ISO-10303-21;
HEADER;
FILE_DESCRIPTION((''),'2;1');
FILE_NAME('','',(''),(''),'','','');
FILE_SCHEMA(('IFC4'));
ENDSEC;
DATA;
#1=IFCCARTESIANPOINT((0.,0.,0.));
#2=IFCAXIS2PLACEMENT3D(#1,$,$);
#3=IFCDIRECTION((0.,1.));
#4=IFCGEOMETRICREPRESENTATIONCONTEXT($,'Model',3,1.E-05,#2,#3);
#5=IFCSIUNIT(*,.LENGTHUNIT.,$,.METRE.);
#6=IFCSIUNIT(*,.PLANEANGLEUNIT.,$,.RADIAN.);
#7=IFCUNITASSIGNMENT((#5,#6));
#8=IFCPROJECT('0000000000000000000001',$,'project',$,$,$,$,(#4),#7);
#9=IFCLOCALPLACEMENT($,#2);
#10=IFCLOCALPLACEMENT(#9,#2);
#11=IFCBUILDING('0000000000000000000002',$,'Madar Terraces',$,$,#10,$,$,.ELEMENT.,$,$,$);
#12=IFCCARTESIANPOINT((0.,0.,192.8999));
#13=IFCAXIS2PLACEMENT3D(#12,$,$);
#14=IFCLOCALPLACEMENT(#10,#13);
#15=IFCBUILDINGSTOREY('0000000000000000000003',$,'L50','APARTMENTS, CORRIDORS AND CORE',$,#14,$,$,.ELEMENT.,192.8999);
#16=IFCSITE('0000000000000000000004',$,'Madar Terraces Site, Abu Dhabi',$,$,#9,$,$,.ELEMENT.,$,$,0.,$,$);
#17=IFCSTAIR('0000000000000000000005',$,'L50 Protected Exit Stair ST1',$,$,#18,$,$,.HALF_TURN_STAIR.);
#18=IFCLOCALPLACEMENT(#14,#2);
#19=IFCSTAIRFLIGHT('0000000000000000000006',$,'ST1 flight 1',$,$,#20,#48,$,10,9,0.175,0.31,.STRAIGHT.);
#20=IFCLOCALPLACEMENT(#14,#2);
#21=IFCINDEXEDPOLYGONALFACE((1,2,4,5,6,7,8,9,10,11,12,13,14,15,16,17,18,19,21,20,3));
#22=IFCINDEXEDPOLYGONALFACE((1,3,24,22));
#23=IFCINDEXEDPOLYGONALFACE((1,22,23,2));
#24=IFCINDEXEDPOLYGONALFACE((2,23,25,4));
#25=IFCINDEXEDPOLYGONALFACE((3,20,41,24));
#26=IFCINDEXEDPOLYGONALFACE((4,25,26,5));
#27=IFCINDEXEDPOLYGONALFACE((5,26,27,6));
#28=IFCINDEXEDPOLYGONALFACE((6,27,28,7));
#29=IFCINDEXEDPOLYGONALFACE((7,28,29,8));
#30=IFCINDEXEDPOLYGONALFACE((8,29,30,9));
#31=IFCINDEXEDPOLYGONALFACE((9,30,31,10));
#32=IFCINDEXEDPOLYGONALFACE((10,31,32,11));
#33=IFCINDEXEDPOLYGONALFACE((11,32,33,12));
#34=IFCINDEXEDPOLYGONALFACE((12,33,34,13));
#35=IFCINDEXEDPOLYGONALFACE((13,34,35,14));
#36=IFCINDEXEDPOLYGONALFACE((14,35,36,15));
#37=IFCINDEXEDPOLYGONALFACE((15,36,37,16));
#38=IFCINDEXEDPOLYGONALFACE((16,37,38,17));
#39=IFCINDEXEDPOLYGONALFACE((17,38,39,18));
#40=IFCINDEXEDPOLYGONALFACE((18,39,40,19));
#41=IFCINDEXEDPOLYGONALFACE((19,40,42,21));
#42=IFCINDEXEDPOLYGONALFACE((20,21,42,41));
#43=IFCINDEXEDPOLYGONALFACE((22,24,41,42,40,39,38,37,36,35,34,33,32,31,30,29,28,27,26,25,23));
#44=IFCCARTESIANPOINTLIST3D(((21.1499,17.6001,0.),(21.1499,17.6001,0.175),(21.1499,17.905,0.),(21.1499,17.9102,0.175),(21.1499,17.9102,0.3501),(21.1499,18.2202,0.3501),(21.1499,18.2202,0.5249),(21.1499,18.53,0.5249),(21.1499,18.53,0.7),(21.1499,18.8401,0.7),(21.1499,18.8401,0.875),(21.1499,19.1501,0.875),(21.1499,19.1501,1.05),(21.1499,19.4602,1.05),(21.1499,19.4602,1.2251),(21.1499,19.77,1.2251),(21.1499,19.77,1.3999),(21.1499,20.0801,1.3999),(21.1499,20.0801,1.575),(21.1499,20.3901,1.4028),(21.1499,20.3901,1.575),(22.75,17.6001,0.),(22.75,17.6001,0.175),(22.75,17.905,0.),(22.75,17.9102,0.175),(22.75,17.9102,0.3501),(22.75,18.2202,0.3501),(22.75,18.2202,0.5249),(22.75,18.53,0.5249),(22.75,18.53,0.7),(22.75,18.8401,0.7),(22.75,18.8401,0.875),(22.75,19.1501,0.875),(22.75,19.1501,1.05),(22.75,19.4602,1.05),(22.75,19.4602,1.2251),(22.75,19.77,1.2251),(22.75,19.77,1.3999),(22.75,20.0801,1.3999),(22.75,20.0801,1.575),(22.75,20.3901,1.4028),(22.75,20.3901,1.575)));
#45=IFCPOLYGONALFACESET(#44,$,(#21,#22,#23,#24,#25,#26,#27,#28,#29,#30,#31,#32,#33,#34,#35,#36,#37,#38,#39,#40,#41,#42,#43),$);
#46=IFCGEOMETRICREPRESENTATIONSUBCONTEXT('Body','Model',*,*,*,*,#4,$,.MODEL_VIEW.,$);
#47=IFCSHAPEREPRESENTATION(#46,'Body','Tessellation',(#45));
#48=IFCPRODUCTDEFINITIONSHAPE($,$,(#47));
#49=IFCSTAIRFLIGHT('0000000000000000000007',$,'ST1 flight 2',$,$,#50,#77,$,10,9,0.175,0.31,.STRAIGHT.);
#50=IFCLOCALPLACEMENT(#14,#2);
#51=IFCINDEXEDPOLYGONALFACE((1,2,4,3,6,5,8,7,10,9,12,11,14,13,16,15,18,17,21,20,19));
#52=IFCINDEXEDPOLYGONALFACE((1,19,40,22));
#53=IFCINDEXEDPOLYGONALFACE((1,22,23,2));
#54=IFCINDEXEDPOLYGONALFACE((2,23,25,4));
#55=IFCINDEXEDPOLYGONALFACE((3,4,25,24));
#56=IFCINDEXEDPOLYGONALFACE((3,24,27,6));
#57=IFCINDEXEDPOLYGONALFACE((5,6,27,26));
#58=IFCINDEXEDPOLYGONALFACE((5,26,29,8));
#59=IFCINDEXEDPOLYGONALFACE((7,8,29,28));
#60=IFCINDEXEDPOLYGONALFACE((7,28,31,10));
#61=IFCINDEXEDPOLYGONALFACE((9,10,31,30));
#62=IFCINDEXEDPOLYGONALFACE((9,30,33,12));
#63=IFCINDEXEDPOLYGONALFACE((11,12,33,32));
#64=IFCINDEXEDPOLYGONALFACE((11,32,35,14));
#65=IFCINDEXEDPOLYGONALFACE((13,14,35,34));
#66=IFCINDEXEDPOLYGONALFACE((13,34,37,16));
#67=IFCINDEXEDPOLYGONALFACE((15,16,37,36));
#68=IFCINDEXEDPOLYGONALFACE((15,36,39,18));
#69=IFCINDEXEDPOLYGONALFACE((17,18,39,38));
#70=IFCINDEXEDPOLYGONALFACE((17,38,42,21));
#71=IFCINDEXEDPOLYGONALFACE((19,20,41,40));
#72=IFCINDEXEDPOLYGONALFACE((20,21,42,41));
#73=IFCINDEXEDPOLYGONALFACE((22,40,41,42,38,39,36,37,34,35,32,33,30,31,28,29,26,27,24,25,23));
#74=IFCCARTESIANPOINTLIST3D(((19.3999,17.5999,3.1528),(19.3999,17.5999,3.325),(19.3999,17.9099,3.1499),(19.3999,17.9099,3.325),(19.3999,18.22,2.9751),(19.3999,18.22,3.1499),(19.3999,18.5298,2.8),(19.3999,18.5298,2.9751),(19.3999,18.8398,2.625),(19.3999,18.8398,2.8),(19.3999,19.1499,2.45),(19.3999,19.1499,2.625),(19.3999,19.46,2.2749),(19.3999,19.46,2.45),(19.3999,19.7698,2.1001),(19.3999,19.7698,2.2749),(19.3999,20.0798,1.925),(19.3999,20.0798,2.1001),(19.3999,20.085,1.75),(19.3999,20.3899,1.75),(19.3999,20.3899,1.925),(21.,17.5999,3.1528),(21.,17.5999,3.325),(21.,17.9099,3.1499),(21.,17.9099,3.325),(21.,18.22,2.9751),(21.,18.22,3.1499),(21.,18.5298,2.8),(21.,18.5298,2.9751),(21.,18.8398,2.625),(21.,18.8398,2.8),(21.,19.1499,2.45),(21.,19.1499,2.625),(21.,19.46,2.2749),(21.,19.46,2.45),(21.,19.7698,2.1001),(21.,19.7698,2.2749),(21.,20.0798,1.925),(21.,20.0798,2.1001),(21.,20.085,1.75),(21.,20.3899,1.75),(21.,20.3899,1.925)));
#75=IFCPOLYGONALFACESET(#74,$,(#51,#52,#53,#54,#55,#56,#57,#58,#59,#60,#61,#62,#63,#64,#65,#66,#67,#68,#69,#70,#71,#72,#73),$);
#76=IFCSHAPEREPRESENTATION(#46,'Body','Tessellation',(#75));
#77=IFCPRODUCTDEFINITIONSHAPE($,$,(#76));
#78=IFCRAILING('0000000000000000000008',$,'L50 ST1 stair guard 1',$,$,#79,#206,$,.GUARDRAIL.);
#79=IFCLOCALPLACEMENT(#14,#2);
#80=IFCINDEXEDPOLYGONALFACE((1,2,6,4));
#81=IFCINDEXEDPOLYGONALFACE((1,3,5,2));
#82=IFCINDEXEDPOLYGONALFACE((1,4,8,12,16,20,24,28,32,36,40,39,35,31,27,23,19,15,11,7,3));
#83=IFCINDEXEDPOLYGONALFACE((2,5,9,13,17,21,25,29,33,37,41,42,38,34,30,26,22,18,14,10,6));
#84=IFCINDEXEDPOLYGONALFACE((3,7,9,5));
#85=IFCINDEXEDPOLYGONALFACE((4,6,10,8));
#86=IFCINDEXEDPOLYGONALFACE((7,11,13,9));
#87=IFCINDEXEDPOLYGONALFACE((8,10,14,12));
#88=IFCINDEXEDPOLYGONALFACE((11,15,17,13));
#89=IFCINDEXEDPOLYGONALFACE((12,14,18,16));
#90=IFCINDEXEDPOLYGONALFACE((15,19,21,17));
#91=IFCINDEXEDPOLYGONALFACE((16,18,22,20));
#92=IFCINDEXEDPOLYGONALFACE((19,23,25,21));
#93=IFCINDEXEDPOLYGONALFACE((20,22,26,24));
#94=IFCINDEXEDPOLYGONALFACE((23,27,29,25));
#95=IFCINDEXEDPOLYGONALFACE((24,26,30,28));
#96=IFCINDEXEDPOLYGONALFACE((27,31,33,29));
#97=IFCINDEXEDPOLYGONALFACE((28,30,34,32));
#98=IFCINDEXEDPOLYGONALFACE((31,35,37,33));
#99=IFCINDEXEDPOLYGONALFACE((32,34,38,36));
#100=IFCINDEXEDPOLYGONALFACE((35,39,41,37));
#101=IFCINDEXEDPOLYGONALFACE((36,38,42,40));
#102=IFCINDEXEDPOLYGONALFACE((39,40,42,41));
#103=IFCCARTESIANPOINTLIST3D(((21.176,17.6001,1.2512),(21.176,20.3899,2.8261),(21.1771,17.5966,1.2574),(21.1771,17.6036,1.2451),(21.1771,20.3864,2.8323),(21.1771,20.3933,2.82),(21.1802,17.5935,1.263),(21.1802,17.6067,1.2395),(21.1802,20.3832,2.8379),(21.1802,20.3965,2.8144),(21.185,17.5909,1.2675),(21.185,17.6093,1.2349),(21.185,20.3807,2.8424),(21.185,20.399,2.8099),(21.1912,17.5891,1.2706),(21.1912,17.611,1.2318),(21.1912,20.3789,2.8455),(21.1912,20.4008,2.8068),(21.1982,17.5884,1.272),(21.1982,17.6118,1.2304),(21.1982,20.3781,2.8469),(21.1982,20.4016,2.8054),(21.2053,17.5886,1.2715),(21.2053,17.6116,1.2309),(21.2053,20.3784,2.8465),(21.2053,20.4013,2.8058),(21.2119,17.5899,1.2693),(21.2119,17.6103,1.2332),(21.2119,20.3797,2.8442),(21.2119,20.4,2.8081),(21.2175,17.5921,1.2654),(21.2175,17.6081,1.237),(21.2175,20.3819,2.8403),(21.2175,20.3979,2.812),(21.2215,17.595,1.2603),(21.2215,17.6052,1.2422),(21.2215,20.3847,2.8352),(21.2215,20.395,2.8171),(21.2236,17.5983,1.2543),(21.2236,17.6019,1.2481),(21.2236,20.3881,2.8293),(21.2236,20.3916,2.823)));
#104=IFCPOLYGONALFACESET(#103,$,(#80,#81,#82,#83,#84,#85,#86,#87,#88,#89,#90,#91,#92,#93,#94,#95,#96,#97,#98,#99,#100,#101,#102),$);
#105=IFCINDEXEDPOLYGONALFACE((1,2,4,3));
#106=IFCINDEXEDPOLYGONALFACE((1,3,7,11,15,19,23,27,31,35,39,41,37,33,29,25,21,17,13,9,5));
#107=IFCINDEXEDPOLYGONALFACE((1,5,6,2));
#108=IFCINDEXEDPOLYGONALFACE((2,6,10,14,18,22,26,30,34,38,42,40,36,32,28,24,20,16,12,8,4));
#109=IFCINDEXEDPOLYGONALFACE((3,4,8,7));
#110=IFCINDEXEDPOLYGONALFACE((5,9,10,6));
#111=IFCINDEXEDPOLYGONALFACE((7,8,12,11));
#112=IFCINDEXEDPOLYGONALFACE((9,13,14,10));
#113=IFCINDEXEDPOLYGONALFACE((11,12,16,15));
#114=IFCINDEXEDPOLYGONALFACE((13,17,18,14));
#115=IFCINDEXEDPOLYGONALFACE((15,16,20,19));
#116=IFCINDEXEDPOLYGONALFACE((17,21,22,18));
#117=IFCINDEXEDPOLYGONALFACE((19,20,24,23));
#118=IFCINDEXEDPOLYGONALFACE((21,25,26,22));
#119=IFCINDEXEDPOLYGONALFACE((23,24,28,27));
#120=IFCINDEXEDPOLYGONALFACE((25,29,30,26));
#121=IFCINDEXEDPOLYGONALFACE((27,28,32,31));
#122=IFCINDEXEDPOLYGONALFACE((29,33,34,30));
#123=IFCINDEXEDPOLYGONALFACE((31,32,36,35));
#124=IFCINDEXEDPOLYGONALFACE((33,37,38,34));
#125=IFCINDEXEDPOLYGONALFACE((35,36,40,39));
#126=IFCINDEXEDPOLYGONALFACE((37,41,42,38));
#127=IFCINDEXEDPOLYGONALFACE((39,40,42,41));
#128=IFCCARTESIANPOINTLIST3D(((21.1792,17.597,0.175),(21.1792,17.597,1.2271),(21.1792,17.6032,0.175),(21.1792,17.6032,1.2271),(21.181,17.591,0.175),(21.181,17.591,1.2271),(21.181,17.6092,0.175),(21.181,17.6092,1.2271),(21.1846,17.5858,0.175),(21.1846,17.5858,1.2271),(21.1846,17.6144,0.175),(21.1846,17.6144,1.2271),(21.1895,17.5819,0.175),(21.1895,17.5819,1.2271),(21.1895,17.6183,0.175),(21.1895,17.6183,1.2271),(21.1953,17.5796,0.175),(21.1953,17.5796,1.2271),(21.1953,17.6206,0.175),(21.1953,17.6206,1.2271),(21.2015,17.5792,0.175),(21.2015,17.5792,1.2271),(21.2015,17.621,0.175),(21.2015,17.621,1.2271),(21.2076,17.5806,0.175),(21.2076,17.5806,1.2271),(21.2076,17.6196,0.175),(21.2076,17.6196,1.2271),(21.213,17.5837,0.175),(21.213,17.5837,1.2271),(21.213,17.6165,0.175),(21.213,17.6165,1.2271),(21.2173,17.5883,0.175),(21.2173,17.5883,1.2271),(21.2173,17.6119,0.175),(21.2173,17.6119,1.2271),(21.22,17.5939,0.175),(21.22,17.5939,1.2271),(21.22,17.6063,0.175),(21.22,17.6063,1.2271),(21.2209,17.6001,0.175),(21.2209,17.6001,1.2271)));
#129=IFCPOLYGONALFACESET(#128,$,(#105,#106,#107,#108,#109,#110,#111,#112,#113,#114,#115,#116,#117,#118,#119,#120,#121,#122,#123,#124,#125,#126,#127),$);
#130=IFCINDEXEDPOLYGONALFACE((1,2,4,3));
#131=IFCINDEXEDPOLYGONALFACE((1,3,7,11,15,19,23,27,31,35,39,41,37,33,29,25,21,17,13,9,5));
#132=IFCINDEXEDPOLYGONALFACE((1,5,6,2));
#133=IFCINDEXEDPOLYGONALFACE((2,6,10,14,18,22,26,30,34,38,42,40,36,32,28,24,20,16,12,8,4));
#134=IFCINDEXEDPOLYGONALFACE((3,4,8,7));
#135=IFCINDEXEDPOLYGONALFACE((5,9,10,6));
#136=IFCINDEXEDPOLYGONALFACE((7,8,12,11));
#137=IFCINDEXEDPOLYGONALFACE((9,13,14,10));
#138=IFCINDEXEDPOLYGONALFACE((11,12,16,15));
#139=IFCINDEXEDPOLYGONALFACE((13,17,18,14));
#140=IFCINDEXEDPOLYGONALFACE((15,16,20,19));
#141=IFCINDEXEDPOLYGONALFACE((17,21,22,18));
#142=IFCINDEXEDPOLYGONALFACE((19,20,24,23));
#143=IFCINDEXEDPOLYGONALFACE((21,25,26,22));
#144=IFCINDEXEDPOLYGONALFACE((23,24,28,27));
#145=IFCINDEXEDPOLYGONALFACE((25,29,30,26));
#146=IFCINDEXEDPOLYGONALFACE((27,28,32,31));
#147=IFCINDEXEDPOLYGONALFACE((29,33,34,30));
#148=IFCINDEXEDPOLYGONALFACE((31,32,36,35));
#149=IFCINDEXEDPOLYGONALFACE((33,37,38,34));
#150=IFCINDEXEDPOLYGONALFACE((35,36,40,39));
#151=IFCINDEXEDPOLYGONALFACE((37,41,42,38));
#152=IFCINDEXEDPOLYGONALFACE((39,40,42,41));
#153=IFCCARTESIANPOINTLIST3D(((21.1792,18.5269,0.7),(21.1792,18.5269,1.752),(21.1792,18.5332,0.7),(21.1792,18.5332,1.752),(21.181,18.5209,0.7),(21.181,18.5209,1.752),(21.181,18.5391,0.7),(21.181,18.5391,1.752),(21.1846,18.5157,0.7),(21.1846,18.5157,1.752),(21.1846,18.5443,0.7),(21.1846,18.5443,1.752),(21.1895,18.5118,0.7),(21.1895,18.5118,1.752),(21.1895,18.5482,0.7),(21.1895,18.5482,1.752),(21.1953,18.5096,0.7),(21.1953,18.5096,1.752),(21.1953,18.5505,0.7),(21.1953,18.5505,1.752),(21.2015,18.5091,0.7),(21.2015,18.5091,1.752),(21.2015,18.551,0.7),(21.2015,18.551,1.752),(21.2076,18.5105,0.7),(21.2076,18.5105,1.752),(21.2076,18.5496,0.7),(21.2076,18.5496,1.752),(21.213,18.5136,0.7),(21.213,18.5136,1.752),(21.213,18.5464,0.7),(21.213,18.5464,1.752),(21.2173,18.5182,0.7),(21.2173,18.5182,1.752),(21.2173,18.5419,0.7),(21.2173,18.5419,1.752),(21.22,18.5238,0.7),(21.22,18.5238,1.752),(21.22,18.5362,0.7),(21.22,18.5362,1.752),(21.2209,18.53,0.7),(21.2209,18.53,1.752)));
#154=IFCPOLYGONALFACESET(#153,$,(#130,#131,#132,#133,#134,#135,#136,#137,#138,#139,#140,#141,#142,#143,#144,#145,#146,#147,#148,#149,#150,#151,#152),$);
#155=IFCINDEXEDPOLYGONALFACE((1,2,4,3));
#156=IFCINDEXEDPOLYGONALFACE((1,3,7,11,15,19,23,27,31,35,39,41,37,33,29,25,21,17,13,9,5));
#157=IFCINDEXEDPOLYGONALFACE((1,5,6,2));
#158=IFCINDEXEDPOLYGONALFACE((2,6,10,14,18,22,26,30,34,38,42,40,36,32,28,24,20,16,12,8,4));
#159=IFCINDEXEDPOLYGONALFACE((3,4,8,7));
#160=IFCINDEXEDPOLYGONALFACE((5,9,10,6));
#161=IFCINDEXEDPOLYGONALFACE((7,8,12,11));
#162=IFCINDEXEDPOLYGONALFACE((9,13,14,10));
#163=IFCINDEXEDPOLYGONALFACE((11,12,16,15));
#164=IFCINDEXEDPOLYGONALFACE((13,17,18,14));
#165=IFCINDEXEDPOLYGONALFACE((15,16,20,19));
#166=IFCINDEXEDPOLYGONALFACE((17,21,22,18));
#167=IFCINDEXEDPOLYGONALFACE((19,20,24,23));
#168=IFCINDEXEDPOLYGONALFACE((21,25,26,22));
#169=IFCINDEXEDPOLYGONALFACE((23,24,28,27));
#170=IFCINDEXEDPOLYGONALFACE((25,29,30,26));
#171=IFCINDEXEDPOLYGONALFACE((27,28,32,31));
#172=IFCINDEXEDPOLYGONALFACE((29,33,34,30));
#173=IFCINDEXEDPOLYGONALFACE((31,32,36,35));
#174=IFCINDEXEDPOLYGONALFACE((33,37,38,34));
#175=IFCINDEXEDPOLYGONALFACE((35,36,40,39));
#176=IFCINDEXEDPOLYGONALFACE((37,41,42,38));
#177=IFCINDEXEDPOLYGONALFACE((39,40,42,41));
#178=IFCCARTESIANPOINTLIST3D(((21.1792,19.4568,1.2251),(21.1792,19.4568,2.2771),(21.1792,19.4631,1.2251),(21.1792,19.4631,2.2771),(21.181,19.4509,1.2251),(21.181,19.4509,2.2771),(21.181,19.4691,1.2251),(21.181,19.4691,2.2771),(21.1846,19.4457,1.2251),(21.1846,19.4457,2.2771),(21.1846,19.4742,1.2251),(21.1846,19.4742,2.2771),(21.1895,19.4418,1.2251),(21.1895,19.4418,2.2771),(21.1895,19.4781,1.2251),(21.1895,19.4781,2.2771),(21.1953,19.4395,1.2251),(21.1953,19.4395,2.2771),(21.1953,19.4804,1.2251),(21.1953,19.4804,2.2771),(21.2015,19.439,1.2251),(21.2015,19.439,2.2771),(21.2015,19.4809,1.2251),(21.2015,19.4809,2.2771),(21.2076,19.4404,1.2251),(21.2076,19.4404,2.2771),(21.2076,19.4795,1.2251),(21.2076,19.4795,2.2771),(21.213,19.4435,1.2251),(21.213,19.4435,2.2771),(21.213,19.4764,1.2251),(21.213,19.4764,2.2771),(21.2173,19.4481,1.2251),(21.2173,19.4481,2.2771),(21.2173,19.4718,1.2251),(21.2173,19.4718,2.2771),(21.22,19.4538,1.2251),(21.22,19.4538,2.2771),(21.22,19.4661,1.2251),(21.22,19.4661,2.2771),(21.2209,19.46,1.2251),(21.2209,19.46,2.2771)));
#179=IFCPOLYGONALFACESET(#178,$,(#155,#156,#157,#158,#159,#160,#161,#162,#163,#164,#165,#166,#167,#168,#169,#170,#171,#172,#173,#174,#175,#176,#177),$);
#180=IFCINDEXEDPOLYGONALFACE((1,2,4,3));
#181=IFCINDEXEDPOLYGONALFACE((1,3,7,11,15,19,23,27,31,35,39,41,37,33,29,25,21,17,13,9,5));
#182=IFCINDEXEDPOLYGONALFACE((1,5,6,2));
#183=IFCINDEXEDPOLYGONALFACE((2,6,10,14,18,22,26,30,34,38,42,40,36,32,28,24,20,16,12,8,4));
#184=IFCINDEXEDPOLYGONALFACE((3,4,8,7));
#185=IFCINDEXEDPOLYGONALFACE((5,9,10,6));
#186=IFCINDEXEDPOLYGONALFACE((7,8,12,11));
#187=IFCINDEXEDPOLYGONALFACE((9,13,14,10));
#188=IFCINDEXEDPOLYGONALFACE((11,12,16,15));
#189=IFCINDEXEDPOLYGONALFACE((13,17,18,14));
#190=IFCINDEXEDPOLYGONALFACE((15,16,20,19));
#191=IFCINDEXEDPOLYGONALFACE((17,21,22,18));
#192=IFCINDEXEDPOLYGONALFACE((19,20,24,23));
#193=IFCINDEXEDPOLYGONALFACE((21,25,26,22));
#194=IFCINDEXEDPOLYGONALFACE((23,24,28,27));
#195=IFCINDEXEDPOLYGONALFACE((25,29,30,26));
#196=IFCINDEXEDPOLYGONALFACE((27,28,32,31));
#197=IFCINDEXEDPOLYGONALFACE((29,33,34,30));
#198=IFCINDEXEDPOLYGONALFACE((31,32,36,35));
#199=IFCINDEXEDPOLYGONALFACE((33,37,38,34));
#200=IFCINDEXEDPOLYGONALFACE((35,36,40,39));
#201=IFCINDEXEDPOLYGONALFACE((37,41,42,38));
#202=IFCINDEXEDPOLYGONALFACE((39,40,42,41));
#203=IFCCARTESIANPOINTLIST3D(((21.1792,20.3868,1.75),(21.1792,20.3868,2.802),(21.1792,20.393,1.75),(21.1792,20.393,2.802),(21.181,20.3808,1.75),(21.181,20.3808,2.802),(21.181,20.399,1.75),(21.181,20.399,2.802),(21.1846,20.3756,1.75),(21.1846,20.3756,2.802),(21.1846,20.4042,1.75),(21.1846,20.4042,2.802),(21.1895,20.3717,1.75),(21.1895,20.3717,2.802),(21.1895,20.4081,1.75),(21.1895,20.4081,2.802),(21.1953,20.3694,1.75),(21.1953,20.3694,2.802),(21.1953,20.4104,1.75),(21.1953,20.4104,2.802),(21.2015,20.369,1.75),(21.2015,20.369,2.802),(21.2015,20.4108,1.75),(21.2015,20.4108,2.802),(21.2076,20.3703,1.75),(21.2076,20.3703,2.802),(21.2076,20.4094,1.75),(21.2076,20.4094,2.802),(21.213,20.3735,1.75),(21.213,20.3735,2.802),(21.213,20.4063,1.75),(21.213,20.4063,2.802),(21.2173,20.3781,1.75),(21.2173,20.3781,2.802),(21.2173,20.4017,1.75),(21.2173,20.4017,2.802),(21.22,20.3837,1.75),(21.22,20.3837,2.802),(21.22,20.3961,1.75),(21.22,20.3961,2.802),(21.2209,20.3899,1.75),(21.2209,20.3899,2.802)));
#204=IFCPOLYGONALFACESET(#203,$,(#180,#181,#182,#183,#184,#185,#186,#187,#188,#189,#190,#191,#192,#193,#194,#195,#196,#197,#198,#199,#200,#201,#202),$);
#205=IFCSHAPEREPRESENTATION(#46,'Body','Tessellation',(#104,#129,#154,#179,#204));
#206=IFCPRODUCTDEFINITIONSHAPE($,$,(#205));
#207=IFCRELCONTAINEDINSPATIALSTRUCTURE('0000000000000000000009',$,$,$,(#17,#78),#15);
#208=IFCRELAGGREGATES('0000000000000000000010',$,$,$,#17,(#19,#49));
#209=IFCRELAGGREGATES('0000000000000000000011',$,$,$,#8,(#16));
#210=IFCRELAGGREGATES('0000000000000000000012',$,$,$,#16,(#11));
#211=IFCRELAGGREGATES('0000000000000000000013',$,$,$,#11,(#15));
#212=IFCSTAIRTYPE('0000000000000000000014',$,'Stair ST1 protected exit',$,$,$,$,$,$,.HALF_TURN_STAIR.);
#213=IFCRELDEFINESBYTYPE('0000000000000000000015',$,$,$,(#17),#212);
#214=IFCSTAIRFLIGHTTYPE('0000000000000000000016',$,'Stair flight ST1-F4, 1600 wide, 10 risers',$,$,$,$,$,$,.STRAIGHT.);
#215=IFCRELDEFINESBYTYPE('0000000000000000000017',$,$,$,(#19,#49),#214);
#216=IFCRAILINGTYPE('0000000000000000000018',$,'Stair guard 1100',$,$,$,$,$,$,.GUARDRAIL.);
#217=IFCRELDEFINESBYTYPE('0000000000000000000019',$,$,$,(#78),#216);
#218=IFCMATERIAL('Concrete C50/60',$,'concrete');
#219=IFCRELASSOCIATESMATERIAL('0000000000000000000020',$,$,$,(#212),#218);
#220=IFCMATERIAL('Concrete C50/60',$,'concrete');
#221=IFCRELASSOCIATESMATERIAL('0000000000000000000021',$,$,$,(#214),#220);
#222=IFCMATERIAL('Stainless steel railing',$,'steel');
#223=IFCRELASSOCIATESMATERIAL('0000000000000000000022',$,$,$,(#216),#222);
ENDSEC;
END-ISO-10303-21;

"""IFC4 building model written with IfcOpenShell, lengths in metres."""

from ifc_helpers import new_model, si_unit, direction, frame, origin, origin_2d, place, context, subcontext, project, spatial, polyline, circle, outline, extrude, material, type_object, element, aggregate, save


model = new_model("IFC4")

# Units and contexts
model_context = context("Model", 3, precision=1e-05, world=origin(), true_north=direction((0.0, 1.0)))
body_context = subcontext(model_context, "Body", "Model", "MODEL_VIEW")
ifc_project = project(units=[si_unit("LENGTHUNIT", "METRE"), si_unit("PLANEANGLEUNIT", "RADIAN")], contexts=[model_context])

# Site, building, storey
site_placement = place(None, origin())
site = spatial("IfcSite", under=ifc_project, at=site_placement, Name="Madar Terraces Site, Abu Dhabi", CompositionType="ELEMENT", RefElevation=0.0)
building_placement = place(site_placement, origin())
building = spatial("IfcBuilding", under=site, at=building_placement, Name="Madar Terraces", CompositionType="ELEMENT")
storey_placement = place(building_placement, frame((0.0, 0.0, 192.8999)))
storey = spatial("IfcBuildingStorey", under=building, at=storey_placement, Name="L50", Description="APARTMENTS, CORRIDORS AND CORE", CompositionType="ELEMENT", Elevation=192.8999)

# Stair, stair flights
ifc_material_1 = material(Name="Concrete C50/60", Category="concrete")
stair_type = type_object("IfcStairType", Name="Stair ST1 protected exit", PredefinedType="HALF_TURN_STAIR", material=ifc_material_1)
stair_placement = place(storey_placement, origin())
stair = element("IfcStair", 1, at=stair_placement, inside=storey, type_object=stair_type, Name="L50 Protected Exit Stair ST1", PredefinedType="HALF_TURN_STAIR")
ifc_material_2 = material(Name="Concrete C50/60", Category="concrete")
stair_flight_type = type_object("IfcStairFlightType", Name="Stair flight ST1-F4, 1600 wide, 10 risers", PredefinedType="STRAIGHT", material=ifc_material_2)
stair_flight_1_placement = place(storey_placement, frame((21.95, 17.6001, 0.0), z_axis=(0.0, 0.0, 1.0), x_axis=(0.0, 1.0, 0.0)))
stair_flight_1 = element("IfcStairFlight", 2, at=stair_flight_1_placement, type_object=stair_flight_type, Name="ST1 flight 1", NumberOfRisers=10, NumberOfTreads=9, PredefinedType="STRAIGHT", RiserHeight=0.175, TreadLength=0.31, context=body_context, shape_type="SweptSolid", body=[
    extrude(outline(polyline([(0.0, 0.0), (0.0, 0.175), (0.3101, 0.175), (0.3101, 0.3501), (0.6201, 0.3501), (0.6201, 0.5249), (0.9299, 0.5249), (0.9299, 0.7), (1.24, 0.7), (1.24, 0.875), (1.55, 0.875), (1.55, 1.05), (1.8601, 1.05), (1.8601, 1.2251), (2.1699, 1.2251), (2.1699, 1.3999), (2.48, 1.3999), (2.48, 1.575), (2.79, 1.575), (2.79, 1.75), (2.79, 1.4028), (0.3049, 0.0), (0.0, 0.0)])), frame((0.0, 0.8, 0.0), z_axis=(0.0, -1.0, 0.0), x_axis=(1.0, 0.0, 0.0)), (0.0, 0.0, 1.0), 1.6001),
])
stair_flight_2_placement = place(storey_placement, frame((20.2, 20.3899, 1.75), z_axis=(0.0, 0.0, 1.0), x_axis=(0.0, -1.0, 0.0)))
stair_flight_2 = element("IfcStairFlight", 3, at=stair_flight_2_placement, type_object=stair_flight_type, Name="ST1 flight 2", NumberOfRisers=10, NumberOfTreads=9, PredefinedType="STRAIGHT", RiserHeight=0.175, TreadLength=0.31, context=body_context, shape_type="SweptSolid", body=[
    extrude(outline(polyline([(0.0, 0.0), (0.0, 0.175), (0.3101, 0.175), (0.3101, 0.3501), (0.6201, 0.3501), (0.6201, 0.5249), (0.9299, 0.5249), (0.9299, 0.7), (1.24, 0.7), (1.24, 0.875), (1.55, 0.875), (1.55, 1.05), (1.8601, 1.05), (1.8601, 1.2251), (2.1699, 1.2251), (2.1699, 1.3999), (2.48, 1.3999), (2.48, 1.575), (2.79, 1.575), (2.79, 1.75), (2.79, 1.4028), (0.3049, 0.0), (0.0, 0.0)])), frame((0.0, 0.8, 0.0), z_axis=(0.0, -1.0, 0.0), x_axis=(1.0, 0.0, 0.0)), (0.0, 0.0, 1.0), 1.6001),
])
aggregate(stair, [stair_flight_1, stair_flight_2])

# Railing
ifc_material_3 = material(Name="Stainless steel railing", Category="steel")
railing_type_1 = type_object("IfcRailingType", Name="Stair guard 1100", PredefinedType="GUARDRAIL", material=ifc_material_3)
railing_1_placement = place(storey_placement, frame((21.2, 17.6001, 0.175)))
element("IfcRailing", 4, at=railing_1_placement, inside=storey, type_object=railing_type_1, Name="L50 ST1 stair guard 1", PredefinedType="GUARDRAIL", context=body_context, shape_type="SweptSolid", body=[
    extrude(circle(Radius=0.0239, at=origin_2d()), frame((0.0, 0.0, 1.0762), z_axis=(0.0, 0.870815, 0.49161), x_axis=(-1.0, 0.0, 0.0)), (0.0, 0.0, 1.0), 3.2036),
    extrude(circle(Radius=0.021, at=origin_2d()), origin(), (0.0, 0.0, 1.0), 1.052),
    extrude(circle(Radius=0.021, at=origin_2d()), frame((0.0, 0.9299, 0.5249)), (0.0, 0.0, 1.0), 1.052),
    extrude(circle(Radius=0.021, at=origin_2d()), frame((0.0, 1.8599, 1.05)), (0.0, 0.0, 1.0), 1.052),
    extrude(circle(Radius=0.021, at=origin_2d()), frame((0.0, 2.7898, 1.575)), (0.0, 0.0, 1.0), 1.052),
])

save(model, "model.ifc")
